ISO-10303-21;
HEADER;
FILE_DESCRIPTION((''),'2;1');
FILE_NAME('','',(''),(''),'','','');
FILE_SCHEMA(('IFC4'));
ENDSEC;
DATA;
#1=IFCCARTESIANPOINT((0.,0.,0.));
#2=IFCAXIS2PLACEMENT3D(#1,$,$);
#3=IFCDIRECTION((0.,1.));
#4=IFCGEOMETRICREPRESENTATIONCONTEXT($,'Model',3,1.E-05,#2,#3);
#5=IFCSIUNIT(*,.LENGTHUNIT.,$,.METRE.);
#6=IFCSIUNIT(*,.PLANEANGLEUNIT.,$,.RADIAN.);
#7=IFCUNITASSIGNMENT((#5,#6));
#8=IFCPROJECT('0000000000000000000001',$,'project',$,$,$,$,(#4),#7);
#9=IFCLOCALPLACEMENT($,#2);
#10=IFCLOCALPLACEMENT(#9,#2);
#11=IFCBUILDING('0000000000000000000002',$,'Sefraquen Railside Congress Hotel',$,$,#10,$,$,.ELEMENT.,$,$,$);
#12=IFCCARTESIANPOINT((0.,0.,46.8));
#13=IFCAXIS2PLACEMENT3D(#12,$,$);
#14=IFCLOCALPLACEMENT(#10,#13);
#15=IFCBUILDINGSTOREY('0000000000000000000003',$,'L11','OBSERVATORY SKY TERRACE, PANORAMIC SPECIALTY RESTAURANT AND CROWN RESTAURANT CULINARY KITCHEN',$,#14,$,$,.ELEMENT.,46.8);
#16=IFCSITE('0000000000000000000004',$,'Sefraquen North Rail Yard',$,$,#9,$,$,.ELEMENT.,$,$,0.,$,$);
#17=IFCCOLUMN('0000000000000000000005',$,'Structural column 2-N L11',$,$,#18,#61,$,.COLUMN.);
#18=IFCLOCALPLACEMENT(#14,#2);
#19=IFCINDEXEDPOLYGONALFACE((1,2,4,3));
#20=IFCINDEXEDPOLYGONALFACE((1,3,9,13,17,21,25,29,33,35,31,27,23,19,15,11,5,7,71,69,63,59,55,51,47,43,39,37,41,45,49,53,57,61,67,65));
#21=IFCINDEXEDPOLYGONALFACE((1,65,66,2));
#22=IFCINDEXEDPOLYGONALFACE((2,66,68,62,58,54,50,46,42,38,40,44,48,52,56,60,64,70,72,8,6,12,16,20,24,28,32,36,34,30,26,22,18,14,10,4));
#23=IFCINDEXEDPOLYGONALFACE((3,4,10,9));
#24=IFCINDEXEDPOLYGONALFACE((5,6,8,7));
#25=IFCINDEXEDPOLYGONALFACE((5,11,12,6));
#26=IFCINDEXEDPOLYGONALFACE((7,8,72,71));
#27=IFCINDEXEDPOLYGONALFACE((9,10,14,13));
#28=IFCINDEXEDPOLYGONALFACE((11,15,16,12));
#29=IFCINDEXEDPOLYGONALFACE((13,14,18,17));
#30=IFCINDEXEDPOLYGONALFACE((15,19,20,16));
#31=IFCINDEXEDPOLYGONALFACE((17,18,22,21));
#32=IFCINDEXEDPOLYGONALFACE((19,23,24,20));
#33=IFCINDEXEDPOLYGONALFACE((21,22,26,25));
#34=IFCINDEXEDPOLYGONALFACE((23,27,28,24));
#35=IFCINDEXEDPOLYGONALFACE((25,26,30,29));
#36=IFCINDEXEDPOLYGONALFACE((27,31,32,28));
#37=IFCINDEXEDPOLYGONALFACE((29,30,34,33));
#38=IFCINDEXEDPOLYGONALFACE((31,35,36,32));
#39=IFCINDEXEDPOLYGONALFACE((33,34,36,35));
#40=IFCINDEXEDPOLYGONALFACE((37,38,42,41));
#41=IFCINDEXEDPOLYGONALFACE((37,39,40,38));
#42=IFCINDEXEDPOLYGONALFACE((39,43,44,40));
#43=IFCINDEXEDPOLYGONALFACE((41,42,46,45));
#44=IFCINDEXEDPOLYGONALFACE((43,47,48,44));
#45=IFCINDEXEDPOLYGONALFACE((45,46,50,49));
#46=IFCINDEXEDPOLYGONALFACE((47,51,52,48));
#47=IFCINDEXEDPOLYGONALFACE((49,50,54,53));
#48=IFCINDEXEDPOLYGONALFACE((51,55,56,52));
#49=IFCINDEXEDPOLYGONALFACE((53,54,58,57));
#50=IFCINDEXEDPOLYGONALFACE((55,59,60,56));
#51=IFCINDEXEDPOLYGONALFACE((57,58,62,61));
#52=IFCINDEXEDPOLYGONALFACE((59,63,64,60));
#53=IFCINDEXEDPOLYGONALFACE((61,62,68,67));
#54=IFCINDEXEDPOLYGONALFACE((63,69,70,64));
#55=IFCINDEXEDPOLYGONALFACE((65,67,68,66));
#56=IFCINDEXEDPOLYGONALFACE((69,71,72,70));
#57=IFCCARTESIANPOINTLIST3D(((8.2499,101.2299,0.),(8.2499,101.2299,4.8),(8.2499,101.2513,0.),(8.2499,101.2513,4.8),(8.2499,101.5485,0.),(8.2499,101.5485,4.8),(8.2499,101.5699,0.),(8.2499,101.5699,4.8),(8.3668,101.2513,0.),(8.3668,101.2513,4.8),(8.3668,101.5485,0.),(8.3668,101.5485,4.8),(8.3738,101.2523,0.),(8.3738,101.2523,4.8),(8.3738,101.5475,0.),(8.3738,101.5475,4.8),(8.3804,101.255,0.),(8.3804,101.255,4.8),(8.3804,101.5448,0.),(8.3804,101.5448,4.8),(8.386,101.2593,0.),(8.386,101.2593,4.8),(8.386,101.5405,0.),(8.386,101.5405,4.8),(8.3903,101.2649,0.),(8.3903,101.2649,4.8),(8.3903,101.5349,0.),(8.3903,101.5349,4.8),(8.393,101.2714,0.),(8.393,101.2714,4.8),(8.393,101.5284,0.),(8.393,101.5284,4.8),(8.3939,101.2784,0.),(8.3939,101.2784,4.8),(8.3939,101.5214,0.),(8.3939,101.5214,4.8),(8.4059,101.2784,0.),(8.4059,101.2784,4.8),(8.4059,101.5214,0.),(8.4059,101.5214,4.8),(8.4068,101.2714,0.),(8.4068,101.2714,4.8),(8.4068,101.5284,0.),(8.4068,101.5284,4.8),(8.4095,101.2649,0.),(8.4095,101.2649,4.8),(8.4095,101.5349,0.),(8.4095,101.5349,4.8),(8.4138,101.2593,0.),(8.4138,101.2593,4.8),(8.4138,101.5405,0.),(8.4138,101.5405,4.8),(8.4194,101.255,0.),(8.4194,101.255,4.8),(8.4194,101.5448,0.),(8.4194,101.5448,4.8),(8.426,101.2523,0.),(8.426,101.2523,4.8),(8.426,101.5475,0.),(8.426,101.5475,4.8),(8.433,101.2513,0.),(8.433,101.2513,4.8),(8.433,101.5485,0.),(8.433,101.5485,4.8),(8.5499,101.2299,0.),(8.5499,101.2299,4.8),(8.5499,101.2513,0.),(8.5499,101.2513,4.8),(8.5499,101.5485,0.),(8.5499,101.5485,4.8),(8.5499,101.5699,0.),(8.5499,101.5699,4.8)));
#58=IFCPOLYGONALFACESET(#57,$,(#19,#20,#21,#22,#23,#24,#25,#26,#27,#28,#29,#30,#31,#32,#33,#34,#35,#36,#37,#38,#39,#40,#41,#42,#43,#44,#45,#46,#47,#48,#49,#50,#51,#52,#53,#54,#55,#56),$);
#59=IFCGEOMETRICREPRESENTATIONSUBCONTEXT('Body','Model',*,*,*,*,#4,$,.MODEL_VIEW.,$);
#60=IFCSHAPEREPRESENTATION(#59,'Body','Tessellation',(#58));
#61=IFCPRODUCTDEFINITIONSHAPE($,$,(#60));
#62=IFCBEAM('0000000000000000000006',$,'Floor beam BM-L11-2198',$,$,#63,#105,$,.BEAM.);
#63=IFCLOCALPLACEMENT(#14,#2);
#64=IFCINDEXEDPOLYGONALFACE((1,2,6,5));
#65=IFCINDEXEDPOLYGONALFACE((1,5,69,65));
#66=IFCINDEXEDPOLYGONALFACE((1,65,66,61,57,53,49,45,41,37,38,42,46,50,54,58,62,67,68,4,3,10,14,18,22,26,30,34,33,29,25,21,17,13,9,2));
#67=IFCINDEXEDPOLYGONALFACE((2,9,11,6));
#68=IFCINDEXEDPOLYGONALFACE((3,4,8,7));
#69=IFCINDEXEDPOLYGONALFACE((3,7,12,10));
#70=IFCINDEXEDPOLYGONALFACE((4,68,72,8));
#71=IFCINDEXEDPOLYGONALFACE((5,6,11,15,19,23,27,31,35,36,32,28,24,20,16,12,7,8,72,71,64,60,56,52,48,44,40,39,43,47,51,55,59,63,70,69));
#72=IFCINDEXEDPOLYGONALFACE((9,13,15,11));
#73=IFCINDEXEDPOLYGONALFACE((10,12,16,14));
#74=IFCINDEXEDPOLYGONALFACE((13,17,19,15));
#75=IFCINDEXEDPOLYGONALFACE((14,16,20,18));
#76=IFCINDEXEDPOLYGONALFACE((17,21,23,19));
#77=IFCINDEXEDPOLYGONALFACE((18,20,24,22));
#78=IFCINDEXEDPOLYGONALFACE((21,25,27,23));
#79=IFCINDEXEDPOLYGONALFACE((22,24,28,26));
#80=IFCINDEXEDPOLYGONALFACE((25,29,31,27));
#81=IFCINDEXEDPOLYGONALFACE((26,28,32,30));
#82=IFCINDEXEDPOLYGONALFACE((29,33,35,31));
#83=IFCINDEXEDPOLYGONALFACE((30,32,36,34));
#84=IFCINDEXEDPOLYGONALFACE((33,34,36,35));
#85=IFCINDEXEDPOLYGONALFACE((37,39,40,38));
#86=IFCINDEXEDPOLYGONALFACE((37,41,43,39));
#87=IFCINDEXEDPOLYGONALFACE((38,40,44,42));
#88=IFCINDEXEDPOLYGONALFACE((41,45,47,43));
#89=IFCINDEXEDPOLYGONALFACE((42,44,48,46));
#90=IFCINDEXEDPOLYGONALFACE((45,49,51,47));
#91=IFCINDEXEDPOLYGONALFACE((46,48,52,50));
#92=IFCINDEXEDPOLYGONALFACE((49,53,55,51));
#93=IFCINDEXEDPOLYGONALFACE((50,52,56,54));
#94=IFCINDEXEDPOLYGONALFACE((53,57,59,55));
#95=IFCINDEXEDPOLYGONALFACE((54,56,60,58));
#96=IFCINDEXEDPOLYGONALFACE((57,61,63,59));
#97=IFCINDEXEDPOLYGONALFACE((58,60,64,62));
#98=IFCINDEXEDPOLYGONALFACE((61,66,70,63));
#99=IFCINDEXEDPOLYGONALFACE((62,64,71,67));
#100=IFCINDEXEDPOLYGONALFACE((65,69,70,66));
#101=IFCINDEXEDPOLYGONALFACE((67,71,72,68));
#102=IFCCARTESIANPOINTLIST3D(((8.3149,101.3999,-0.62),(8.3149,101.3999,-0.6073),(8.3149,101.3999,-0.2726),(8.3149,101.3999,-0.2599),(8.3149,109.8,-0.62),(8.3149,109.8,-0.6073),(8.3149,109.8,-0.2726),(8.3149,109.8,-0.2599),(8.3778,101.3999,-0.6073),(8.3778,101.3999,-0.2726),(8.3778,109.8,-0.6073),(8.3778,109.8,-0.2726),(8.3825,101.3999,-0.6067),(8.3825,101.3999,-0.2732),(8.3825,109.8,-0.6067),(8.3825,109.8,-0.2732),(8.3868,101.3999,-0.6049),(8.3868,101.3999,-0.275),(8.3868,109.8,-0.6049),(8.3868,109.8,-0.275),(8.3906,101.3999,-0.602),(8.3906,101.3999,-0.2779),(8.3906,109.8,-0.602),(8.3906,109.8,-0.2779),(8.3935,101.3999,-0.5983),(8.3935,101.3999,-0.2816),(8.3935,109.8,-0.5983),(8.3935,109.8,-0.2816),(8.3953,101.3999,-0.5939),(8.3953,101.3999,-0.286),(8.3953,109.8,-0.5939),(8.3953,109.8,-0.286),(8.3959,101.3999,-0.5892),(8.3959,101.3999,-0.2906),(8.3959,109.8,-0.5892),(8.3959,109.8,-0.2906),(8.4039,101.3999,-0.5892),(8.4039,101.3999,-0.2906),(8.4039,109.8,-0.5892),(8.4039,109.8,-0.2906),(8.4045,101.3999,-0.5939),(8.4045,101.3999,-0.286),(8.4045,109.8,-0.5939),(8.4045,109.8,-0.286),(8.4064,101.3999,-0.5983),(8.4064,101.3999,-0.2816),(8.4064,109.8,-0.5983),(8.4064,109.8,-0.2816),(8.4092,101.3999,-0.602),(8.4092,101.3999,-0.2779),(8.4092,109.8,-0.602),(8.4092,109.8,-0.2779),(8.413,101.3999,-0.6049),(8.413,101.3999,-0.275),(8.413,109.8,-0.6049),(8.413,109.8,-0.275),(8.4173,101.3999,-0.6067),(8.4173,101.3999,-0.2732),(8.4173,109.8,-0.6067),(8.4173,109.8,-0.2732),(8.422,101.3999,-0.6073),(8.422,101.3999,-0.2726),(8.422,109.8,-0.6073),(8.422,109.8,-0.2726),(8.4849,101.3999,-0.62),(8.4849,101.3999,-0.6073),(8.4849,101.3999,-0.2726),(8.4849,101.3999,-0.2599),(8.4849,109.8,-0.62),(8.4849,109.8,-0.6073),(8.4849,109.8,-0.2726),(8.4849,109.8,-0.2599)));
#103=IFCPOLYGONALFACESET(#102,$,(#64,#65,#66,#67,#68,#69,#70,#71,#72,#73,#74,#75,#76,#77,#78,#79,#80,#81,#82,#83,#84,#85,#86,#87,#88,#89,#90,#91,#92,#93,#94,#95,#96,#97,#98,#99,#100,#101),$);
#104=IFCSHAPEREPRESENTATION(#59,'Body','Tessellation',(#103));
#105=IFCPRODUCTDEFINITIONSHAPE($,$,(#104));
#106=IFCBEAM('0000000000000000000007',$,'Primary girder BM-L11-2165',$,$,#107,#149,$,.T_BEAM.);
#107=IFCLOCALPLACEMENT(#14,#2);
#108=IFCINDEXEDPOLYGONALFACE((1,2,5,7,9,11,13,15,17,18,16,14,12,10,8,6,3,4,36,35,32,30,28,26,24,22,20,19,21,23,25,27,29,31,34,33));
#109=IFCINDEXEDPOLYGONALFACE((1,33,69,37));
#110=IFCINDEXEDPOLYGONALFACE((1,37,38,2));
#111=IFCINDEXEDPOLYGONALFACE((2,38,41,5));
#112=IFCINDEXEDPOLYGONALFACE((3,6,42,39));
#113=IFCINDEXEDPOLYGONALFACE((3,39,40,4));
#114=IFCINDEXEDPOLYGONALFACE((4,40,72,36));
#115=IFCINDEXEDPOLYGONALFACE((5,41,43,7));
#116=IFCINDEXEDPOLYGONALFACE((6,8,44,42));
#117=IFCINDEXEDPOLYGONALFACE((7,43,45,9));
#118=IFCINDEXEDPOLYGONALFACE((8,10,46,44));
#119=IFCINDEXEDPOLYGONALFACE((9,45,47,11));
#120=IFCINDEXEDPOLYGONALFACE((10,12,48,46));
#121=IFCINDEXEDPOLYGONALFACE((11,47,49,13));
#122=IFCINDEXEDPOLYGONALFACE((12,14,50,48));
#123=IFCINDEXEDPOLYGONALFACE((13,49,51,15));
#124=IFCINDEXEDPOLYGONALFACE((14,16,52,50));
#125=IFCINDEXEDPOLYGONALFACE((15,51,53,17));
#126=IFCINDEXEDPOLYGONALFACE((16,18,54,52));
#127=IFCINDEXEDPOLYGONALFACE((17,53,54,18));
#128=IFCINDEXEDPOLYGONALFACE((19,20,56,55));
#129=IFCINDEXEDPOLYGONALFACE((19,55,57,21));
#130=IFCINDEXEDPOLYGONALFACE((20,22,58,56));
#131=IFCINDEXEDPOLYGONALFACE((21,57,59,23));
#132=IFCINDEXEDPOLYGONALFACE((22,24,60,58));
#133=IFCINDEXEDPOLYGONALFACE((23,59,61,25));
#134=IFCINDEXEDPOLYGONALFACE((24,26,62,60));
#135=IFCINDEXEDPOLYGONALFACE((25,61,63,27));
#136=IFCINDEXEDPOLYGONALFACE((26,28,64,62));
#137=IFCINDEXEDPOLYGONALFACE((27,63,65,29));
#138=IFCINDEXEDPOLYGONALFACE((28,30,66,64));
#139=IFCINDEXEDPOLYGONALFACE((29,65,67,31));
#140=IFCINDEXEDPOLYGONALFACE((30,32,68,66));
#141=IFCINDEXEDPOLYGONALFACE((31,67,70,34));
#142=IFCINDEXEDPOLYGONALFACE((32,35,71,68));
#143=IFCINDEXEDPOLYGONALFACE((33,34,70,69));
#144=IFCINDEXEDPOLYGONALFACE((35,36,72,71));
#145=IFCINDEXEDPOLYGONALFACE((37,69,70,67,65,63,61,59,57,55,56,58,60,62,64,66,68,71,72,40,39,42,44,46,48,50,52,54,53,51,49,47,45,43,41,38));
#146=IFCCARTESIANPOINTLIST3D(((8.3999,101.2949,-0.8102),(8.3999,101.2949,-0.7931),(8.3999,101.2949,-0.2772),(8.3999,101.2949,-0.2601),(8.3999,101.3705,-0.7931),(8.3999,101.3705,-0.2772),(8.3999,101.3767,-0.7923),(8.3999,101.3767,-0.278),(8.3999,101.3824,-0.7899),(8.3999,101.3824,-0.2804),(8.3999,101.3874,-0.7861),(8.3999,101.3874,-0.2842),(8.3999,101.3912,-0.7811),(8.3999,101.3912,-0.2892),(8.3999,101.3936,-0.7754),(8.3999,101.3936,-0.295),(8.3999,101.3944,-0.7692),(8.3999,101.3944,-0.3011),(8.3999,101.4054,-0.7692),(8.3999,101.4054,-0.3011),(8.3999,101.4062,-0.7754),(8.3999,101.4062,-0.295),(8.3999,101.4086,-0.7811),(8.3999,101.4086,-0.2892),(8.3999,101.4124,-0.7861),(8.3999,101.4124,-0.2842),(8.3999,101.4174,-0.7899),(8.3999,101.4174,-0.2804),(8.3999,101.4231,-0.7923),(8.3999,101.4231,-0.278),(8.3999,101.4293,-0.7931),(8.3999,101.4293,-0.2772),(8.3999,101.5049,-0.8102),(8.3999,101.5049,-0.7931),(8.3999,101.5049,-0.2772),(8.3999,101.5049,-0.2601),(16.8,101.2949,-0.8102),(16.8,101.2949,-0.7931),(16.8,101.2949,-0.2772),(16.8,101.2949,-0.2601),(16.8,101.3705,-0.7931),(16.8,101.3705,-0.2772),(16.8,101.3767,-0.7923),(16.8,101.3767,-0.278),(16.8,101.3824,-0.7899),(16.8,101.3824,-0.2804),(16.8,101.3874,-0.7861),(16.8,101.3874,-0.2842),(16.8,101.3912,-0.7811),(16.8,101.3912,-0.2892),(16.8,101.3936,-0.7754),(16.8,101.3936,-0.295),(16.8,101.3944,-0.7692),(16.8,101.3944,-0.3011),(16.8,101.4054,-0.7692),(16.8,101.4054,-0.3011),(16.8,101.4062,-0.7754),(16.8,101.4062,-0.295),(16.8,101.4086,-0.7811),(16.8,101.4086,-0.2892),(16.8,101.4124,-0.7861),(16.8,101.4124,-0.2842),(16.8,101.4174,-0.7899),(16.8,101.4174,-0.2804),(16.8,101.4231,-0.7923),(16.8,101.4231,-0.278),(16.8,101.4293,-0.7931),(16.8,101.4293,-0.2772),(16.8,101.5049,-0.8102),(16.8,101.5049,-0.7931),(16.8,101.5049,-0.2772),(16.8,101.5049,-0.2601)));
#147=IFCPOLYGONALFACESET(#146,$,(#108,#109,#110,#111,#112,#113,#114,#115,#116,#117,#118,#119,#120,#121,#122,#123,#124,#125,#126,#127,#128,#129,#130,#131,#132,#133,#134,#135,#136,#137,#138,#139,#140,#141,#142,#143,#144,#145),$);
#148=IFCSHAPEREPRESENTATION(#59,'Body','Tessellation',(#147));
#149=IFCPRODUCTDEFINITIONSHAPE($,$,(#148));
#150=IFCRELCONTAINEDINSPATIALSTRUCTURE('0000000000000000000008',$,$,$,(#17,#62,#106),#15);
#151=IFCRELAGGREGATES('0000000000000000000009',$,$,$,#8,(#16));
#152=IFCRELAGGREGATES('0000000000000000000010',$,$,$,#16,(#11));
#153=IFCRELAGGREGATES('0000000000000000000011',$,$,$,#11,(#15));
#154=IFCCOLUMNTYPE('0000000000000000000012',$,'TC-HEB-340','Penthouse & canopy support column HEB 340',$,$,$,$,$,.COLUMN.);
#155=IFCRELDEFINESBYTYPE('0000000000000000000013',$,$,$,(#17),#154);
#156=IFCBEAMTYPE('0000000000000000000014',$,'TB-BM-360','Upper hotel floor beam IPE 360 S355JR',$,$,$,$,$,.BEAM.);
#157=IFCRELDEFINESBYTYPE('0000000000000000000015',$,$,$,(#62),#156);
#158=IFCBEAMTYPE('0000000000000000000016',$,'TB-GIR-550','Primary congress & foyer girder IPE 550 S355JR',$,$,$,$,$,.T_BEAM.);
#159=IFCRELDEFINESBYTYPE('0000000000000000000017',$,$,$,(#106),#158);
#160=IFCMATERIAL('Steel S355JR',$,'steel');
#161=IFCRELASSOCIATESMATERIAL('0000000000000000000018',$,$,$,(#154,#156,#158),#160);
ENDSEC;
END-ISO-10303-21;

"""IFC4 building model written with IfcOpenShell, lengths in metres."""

from ifc_helpers import new_model, si_unit, direction, frame, origin, origin_2d, place, context, subcontext, project, spatial, i_section, extrude, material, material_profile, profile_set, type_object, element, save


model = new_model("IFC4")

# Units and contexts
model_context = context("Model", 3, precision=1e-05, world=origin(), true_north=direction((0.0, 1.0)))
body_context = subcontext(model_context, "Body", "Model", "MODEL_VIEW")
ifc_project = project(units=[si_unit("LENGTHUNIT", "METRE"), si_unit("PLANEANGLEUNIT", "RADIAN")], contexts=[model_context])

# Site, building, storey
site_placement = place(None, origin())
site = spatial("IfcSite", under=ifc_project, at=site_placement, Name="Sefraquen North Rail Yard", CompositionType="ELEMENT", RefElevation=0.0)
building_placement = place(site_placement, origin())
building = spatial("IfcBuilding", under=site, at=building_placement, Name="Sefraquen Railside Congress Hotel", CompositionType="ELEMENT")
storey_placement = place(building_placement, frame((0.0, 0.0, 46.8)))
storey = spatial("IfcBuildingStorey", under=building, at=storey_placement, Name="L11", Description="OBSERVATORY SKY TERRACE, PANORAMIC SPECIALTY RESTAURANT AND CROWN RESTAURANT CULINARY KITCHEN", CompositionType="ELEMENT", Elevation=46.8)

# Column
ifc_material_1 = material(Name="Steel S355JR", Category="steel")
ifc_material_profile_1 = material_profile(ifc_material_1, i_section(OverallWidth=0.3, OverallDepth=0.3401, WebThickness=0.012, FlangeThickness=0.0215, FilletRadius=0.0271, at=origin_2d()), Name="HEB 340")
ifc_profile_set_1 = profile_set([ifc_material_profile_1], Name="Steel S355JR")
column_type = type_object("IfcColumnType", Name="TC-HEB-340", Description="Penthouse & canopy support column HEB 340", PredefinedType="COLUMN", material=ifc_profile_set_1)
column_placement = place(storey_placement, frame((8.3999, 101.3999, 0.0), z_axis=(0.0, 0.0, 1.0), x_axis=(1.0, 0.0, 0.0)))
element("IfcColumn", 1, at=column_placement, inside=storey, type_object=column_type, Name="Structural column 2-N L11", PredefinedType="COLUMN", context=body_context, shape_type="SweptSolid", body=[
    extrude(i_section(OverallWidth=0.3, OverallDepth=0.3401, WebThickness=0.012, FlangeThickness=0.0215, FilletRadius=0.0271, at=origin_2d()), origin(), (0.0, 0.0, 1.0), 4.8),
])

# Beams
ifc_material_profile_2 = material_profile(ifc_material_1, i_section(OverallWidth=0.1699, OverallDepth=0.3601, WebThickness=0.0081, FlangeThickness=0.0127, FilletRadius=0.0181, at=origin_2d()), Name="IPE 360")
ifc_profile_set_2 = profile_set([ifc_material_profile_2], Name="Steel S355JR")
beam_type_1 = type_object("IfcBeamType", Name="TB-BM-360", Description="Upper hotel floor beam IPE 360 S355JR", PredefinedType="BEAM", material=ifc_profile_set_2)
beam_1_placement = place(storey_placement, frame((8.3999, 101.3999, -0.4399), z_axis=(0.0, 1.0, 0.0), x_axis=(-1.0, 0.0, 0.0)))
element("IfcBeam", 2, at=beam_1_placement, inside=storey, type_object=beam_type_1, Name="Floor beam BM-L11-2198", PredefinedType="BEAM", context=body_context, shape_type="SweptSolid", body=[
    extrude(i_section(OverallWidth=0.1699, OverallDepth=0.3601, WebThickness=0.0081, FlangeThickness=0.0127, FilletRadius=0.0181, at=origin_2d()), origin(), (0.0, 0.0, 1.0), 8.4001),
])
ifc_material_profile_3 = material_profile(ifc_material_1, i_section(OverallWidth=0.21, OverallDepth=0.55, WebThickness=0.011, FlangeThickness=0.0171, FilletRadius=0.0239, at=origin_2d()), Name="IPE 550")
ifc_profile_set_3 = profile_set([ifc_material_profile_3], Name="Steel S355JR")
beam_type_2 = type_object("IfcBeamType", Name="TB-GIR-550", Description="Primary congress & foyer girder IPE 550 S355JR", PredefinedType="T_BEAM", material=ifc_profile_set_3)
beam_2_placement = place(storey_placement, frame((8.3999, 101.3999, -0.5352), z_axis=(1.0, 0.0, 0.0), x_axis=(0.0, 1.0, 0.0)))
element("IfcBeam", 3, at=beam_2_placement, inside=storey, type_object=beam_type_2, Name="Primary girder BM-L11-2165", PredefinedType="T_BEAM", context=body_context, shape_type="SweptSolid", body=[
    extrude(i_section(OverallWidth=0.21, OverallDepth=0.55, WebThickness=0.011, FlangeThickness=0.0171, FilletRadius=0.0239, at=origin_2d()), origin(), (0.0, 0.0, 1.0), 8.4001),
])

save(model, "model.ifc")
